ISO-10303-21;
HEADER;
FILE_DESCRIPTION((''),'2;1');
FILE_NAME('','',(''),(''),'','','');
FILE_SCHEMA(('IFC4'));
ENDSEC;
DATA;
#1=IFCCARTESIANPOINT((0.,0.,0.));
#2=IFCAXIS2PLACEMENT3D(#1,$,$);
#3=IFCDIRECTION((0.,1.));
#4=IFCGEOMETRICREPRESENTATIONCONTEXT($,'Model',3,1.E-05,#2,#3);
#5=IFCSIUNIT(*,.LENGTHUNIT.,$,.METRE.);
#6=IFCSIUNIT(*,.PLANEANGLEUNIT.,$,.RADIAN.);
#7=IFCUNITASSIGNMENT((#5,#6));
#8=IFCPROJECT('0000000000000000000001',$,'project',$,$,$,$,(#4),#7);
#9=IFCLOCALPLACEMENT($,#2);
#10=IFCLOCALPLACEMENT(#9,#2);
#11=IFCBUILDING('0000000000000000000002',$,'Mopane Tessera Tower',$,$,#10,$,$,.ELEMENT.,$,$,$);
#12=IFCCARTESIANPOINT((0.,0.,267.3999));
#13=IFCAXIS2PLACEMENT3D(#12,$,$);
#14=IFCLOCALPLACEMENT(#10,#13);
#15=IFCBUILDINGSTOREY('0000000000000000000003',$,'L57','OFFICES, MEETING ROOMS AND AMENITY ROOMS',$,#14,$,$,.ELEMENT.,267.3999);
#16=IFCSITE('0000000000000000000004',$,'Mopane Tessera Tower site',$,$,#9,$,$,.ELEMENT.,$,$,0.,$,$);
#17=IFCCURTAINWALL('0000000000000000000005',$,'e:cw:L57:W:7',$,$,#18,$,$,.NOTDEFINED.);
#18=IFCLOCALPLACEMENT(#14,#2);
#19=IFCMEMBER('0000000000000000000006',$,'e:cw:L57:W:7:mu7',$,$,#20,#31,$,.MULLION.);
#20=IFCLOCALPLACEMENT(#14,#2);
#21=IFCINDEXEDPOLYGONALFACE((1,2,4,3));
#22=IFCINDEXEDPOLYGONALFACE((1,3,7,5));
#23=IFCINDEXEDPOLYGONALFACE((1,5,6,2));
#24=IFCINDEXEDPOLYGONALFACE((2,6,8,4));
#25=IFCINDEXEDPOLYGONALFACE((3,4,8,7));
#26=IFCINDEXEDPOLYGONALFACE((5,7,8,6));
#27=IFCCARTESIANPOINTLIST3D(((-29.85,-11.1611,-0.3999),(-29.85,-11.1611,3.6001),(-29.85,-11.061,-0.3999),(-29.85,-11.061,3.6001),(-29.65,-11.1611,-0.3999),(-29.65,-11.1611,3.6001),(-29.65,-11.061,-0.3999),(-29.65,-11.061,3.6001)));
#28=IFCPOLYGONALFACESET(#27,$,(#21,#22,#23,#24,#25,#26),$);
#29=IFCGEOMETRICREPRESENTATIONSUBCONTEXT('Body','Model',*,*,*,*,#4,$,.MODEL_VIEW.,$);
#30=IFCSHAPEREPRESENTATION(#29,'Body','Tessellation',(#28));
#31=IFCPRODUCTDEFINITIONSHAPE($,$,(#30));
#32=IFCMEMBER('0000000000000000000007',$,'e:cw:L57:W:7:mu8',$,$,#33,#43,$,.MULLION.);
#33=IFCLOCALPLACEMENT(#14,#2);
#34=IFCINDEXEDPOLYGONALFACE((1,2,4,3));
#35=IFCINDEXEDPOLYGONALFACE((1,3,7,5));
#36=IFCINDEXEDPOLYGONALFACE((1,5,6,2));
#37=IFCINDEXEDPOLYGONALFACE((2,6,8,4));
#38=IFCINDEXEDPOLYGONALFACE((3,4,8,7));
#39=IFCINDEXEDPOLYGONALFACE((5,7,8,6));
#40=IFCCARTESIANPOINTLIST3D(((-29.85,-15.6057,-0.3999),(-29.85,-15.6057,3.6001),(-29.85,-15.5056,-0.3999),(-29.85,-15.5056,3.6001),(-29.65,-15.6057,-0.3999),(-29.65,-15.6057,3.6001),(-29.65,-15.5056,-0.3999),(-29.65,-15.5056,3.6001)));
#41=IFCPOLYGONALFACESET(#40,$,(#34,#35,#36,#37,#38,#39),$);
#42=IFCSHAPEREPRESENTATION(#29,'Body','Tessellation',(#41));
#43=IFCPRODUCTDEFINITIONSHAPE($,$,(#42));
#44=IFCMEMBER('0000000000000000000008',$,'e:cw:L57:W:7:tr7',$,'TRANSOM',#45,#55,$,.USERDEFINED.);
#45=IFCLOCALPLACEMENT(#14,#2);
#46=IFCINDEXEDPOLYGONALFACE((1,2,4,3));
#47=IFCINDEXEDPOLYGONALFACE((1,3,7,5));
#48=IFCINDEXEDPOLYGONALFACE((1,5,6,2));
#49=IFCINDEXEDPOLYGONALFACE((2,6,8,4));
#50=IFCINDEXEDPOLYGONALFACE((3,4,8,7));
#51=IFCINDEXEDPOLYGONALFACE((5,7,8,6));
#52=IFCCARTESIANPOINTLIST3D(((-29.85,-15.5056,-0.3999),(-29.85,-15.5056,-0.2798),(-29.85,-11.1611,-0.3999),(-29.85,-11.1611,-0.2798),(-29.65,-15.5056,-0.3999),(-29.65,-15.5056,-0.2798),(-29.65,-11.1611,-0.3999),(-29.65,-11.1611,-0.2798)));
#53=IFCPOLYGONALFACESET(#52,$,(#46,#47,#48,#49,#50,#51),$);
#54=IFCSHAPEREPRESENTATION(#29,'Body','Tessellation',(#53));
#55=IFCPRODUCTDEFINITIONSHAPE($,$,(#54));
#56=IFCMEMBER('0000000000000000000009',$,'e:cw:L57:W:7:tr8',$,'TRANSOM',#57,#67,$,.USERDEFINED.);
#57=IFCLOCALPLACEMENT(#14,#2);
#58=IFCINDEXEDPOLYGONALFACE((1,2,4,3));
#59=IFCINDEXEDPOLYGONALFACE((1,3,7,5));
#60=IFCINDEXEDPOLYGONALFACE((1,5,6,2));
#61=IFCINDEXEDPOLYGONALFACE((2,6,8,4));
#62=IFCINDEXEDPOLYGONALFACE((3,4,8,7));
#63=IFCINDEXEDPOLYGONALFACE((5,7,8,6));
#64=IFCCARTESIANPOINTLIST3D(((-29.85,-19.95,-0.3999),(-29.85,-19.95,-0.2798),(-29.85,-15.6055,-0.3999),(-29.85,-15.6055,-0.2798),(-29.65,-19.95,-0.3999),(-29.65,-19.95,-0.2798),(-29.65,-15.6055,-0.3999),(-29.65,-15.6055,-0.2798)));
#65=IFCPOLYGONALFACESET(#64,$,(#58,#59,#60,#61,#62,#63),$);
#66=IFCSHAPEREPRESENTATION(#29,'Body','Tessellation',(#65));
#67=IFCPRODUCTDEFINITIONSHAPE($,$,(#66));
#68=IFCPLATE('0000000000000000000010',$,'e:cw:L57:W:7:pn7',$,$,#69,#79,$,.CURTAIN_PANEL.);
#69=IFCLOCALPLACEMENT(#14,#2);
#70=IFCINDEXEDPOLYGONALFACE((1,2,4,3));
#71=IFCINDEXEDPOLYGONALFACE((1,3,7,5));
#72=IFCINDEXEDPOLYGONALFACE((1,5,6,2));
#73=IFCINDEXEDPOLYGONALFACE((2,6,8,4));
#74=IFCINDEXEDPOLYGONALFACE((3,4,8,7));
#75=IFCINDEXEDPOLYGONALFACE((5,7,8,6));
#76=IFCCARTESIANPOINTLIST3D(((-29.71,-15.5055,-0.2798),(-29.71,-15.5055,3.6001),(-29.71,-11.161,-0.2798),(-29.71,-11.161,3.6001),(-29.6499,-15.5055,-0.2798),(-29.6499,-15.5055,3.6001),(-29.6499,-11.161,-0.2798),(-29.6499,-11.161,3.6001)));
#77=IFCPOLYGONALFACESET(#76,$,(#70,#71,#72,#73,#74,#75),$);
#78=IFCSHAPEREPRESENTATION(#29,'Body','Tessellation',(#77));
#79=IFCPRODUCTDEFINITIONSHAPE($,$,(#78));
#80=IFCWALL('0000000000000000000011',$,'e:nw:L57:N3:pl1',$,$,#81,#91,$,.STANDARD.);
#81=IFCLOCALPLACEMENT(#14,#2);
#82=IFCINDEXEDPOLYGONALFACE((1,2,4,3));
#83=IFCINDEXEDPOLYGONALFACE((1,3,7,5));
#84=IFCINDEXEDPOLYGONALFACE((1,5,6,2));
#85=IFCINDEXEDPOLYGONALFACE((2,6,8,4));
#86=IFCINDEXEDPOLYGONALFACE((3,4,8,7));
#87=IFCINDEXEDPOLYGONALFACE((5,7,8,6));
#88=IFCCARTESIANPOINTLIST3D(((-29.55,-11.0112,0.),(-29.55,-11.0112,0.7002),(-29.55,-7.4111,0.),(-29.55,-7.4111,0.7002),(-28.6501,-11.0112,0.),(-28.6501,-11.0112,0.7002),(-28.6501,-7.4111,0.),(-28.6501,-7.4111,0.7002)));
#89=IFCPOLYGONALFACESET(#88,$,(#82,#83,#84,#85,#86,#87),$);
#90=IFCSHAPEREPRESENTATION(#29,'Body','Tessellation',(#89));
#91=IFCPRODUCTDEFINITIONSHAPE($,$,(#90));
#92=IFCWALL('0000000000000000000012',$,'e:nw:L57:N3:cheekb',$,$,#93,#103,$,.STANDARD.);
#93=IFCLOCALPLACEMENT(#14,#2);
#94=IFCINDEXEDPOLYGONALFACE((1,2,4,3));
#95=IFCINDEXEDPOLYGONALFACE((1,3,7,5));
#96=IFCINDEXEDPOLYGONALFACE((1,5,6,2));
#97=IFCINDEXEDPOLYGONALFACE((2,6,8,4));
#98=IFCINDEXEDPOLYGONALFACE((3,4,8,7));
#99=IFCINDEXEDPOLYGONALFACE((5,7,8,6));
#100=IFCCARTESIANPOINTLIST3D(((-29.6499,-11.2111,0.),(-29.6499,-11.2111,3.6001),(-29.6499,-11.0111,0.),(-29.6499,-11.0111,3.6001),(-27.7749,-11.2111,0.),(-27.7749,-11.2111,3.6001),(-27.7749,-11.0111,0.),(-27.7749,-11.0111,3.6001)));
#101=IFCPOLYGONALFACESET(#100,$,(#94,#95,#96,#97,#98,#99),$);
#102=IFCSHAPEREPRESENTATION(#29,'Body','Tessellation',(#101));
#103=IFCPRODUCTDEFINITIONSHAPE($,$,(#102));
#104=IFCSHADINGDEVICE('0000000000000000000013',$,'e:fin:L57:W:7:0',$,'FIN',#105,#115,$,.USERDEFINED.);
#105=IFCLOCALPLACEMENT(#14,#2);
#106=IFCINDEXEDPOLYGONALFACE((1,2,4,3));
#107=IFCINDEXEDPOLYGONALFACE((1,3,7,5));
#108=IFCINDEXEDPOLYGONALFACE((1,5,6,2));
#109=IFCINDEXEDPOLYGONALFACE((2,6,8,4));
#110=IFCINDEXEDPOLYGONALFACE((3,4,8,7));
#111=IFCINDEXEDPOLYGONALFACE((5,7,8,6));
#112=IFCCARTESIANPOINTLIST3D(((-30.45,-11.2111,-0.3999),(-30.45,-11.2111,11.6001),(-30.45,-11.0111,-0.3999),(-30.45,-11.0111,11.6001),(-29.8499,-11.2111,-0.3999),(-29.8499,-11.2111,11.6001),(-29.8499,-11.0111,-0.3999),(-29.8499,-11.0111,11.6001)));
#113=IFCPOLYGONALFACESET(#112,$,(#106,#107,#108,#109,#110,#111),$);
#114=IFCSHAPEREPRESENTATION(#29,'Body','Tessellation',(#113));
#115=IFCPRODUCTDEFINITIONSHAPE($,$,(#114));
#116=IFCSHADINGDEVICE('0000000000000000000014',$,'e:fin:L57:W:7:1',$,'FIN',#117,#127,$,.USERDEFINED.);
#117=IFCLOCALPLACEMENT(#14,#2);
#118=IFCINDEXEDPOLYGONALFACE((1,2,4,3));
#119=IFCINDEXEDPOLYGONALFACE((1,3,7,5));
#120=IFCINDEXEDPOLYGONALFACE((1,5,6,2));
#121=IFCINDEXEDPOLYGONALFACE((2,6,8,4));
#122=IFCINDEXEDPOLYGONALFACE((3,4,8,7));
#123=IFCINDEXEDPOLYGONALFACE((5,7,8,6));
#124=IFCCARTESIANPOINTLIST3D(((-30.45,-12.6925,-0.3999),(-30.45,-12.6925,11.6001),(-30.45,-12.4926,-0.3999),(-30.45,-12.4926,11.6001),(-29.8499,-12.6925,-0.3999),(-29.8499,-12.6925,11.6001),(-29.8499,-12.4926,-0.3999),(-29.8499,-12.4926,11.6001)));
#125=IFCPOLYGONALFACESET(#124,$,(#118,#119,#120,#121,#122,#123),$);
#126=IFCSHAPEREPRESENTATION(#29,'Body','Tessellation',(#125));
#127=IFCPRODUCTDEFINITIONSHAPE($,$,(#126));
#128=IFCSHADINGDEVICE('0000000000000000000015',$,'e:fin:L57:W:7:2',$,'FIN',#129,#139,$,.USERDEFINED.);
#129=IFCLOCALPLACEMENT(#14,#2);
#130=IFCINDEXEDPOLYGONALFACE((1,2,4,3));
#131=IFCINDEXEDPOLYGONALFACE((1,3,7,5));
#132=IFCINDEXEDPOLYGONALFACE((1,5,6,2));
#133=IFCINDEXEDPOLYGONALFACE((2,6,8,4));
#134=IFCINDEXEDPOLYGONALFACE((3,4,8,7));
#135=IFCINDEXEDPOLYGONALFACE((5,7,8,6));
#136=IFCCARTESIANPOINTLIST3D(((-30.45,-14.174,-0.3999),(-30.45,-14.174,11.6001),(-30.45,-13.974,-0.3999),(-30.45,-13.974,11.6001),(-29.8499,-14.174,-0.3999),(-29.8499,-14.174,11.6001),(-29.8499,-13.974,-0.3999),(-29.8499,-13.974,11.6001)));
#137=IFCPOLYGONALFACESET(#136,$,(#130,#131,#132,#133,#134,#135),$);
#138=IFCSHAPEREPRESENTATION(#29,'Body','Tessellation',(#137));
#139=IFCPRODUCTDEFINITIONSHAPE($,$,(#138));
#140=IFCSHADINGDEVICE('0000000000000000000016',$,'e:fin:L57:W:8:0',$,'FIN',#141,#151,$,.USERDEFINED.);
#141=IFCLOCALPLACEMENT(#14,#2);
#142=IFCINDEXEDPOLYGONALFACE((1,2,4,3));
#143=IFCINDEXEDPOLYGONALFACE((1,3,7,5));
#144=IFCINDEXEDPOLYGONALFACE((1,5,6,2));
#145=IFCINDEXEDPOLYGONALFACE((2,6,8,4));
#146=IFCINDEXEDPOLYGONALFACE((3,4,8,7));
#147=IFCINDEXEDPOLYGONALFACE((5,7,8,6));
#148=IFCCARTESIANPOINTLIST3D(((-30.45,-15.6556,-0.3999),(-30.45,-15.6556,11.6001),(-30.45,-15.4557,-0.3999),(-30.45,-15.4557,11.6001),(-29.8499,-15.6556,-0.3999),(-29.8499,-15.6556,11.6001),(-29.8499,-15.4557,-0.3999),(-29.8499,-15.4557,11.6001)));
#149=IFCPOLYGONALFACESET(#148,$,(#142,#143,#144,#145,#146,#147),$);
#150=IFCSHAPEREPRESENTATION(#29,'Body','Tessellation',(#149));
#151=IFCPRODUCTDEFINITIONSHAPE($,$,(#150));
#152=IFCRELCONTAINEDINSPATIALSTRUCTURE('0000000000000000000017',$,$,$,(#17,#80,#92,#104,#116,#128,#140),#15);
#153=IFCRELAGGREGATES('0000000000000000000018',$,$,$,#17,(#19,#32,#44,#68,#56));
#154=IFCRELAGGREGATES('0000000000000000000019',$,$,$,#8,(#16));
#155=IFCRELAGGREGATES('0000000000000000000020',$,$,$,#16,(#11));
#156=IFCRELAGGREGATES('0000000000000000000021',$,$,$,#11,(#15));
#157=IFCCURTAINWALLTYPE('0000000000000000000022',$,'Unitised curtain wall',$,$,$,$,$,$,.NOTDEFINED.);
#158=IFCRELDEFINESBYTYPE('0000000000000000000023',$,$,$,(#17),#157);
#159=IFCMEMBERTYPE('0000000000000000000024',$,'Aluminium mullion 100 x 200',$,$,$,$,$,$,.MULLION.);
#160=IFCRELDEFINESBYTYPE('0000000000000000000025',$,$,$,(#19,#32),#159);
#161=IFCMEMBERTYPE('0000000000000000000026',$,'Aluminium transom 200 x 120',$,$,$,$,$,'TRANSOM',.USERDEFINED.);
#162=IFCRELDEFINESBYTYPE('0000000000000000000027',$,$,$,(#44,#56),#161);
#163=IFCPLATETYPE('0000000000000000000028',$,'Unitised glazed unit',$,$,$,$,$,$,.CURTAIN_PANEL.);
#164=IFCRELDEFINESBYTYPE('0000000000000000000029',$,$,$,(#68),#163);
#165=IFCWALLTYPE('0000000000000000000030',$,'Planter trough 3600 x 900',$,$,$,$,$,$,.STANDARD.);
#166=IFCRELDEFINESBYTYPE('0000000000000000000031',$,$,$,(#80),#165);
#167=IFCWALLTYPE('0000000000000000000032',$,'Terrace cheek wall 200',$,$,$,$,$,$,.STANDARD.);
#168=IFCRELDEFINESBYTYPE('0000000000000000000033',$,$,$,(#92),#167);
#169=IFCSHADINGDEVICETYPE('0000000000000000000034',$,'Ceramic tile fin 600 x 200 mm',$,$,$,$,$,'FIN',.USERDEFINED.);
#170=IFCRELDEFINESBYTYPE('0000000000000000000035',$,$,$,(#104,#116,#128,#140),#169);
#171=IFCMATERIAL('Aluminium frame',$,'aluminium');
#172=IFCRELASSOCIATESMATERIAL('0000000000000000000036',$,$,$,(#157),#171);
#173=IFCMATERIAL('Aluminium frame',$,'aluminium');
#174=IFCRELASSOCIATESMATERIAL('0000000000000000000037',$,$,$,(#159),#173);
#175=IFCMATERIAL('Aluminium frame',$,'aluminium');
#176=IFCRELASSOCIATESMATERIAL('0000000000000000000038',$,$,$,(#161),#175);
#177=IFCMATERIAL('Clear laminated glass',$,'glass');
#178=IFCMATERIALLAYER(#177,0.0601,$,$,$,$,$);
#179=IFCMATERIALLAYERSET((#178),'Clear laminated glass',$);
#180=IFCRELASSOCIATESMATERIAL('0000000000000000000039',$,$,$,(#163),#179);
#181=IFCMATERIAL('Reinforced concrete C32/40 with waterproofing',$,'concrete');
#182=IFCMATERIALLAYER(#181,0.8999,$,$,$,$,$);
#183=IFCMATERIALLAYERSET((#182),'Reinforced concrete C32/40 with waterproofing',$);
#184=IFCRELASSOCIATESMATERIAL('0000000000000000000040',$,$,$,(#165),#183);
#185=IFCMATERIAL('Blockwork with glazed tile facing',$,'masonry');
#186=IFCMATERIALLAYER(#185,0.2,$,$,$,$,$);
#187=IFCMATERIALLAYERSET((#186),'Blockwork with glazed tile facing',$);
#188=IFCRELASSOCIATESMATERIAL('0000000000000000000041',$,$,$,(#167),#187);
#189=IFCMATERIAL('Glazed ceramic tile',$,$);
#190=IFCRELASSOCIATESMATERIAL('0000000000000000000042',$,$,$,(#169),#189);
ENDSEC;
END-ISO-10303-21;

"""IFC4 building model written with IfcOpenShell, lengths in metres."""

from ifc_helpers import new_model, si_unit, direction, frame, frame_2d, origin, origin_2d, place, context, subcontext, project, spatial, rectangle, extrude, material, layer, layer_set, material_profile, profile_set, type_object, element, aggregate, save


model = new_model("IFC4")

# Units and contexts
model_context = context("Model", 3, precision=1e-05, world=origin(), true_north=direction((0.0, 1.0)))
body_context = subcontext(model_context, "Body", "Model", "MODEL_VIEW")
ifc_project = project(units=[si_unit("LENGTHUNIT", "METRE"), si_unit("PLANEANGLEUNIT", "RADIAN")], contexts=[model_context])

# Site, building, storey
site_placement = place(None, origin())
site = spatial("IfcSite", under=ifc_project, at=site_placement, Name="Mopane Tessera Tower site", CompositionType="ELEMENT", RefElevation=0.0)
building_placement = place(site_placement, origin())
building = spatial("IfcBuilding", under=site, at=building_placement, Name="Mopane Tessera Tower", CompositionType="ELEMENT")
storey_placement = place(building_placement, frame((0.0, 0.0, 267.3999)))
storey = spatial("IfcBuildingStorey", under=building, at=storey_placement, Name="L57", Description="OFFICES, MEETING ROOMS AND AMENITY ROOMS", CompositionType="ELEMENT", Elevation=267.3999)

# Curtain wall, members, plate
ifc_material_1 = material(Name="Aluminium frame", Category="aluminium")
curtain_wall_type = type_object("IfcCurtainWallType", Name="Unitised curtain wall", PredefinedType="NOTDEFINED", material=ifc_material_1)
curtain_wall_placement = place(storey_placement, origin())
curtain_wall = element("IfcCurtainWall", 1, at=curtain_wall_placement, inside=storey, type_object=curtain_wall_type, Name="e:cw:L57:W:7", PredefinedType="NOTDEFINED")
ifc_material_2 = material(Name="Aluminium frame", Category="aluminium")
ifc_material_profile_1 = material_profile(ifc_material_2, rectangle(XDim=0.1001, YDim=0.2, at=origin_2d()))
ifc_profile_set_1 = profile_set([ifc_material_profile_1], Name="Aluminium frame")
member_type_1 = type_object("IfcMemberType", Name="Aluminium mullion 100 x 200", PredefinedType="MULLION", material=ifc_profile_set_1)
member_1_placement = place(storey_placement, frame((-29.75, -11.1111, -0.3999), z_axis=(0.0, 0.0, 1.0), x_axis=(0.0, -1.0, 0.0)))
member_1 = element("IfcMember", 2, at=member_1_placement, type_object=member_type_1, Name="e:cw:L57:W:7:mu7", PredefinedType="MULLION", context=body_context, shape_type="SweptSolid", body=[
    extrude(rectangle(XDim=0.1001, YDim=0.2, at=origin_2d()), origin(), (0.0, 0.0, 1.0), 4.0),
])
member_2_placement = place(storey_placement, frame((-29.75, -15.5557, -0.3999), z_axis=(0.0, 0.0, 1.0), x_axis=(0.0, -1.0, 0.0)))
member_2 = element("IfcMember", 3, at=member_2_placement, type_object=member_type_1, Name="e:cw:L57:W:7:mu8", PredefinedType="MULLION", context=body_context, shape_type="SweptSolid", body=[
    extrude(rectangle(XDim=0.1001, YDim=0.2, at=origin_2d()), origin(), (0.0, 0.0, 1.0), 4.0),
])
ifc_material_3 = material(Name="Aluminium frame", Category="aluminium")
ifc_material_profile_2 = material_profile(ifc_material_3, rectangle(XDim=0.2, YDim=0.1201, at=origin_2d()))
ifc_profile_set_2 = profile_set([ifc_material_profile_2], Name="Aluminium frame")
member_type_2 = type_object("IfcMemberType", Name="Aluminium transom 200 x 120", ElementType="TRANSOM", PredefinedType="USERDEFINED", material=ifc_profile_set_2)
member_3_placement = place(storey_placement, frame((-29.75, -11.1611, -0.3398), z_axis=(0.0, -1.0, 0.0), x_axis=(1.0, 0.0, 0.0)))
member_3 = element("IfcMember", 4, at=member_3_placement, type_object=member_type_2, Name="e:cw:L57:W:7:tr7", ObjectType="TRANSOM", PredefinedType="USERDEFINED", context=body_context, shape_type="SweptSolid", body=[
    extrude(rectangle(XDim=0.2, YDim=0.1201, at=origin_2d()), origin(), (0.0, 0.0, 1.0), 4.3445),
])
member_4_placement = place(storey_placement, frame((-29.75, -15.6055, -0.3398), z_axis=(0.0, -1.0, 0.0), x_axis=(1.0, 0.0, 0.0)))
member_4 = element("IfcMember", 5, at=member_4_placement, type_object=member_type_2, Name="e:cw:L57:W:7:tr8", ObjectType="TRANSOM", PredefinedType="USERDEFINED", context=body_context, shape_type="SweptSolid", body=[
    extrude(rectangle(XDim=0.2, YDim=0.1201, at=origin_2d()), origin(), (0.0, 0.0, 1.0), 4.3445),
])
ifc_material_4 = material(Name="Clear laminated glass", Category="glass")
ifc_layer_1 = layer(ifc_material_4, 0.0601)
ifc_layer_set_1 = layer_set([ifc_layer_1], Name="Clear laminated glass")
plate_type = type_object("IfcPlateType", Name="Unitised glazed unit", PredefinedType="CURTAIN_PANEL", material=ifc_layer_set_1)
plate_placement = place(storey_placement, frame((-29.6799, -13.3333, -0.2798), z_axis=(0.0, 0.0, 1.0), x_axis=(0.0, -1.0, 0.0)))
plate = element("IfcPlate", 6, at=plate_placement, type_object=plate_type, Name="e:cw:L57:W:7:pn7", PredefinedType="CURTAIN_PANEL", context=body_context, shape_type="SweptSolid", body=[
    extrude(rectangle(XDim=4.3445, YDim=0.0601, at=origin_2d()), origin(), (0.0, 0.0, 1.0), 3.8799),
])
aggregate(curtain_wall, [member_1, member_2, member_3, plate, member_4])

# Walls
ifc_material_5 = material(Name="Reinforced concrete C32/40 with waterproofing", Category="concrete")
ifc_layer_2 = layer(ifc_material_5, 0.8999)
ifc_layer_set_2 = layer_set([ifc_layer_2], Name="Reinforced concrete C32/40 with waterproofing")
wall_type_1 = type_object("IfcWallType", Name="Planter trough 3600 x 900", PredefinedType="STANDARD", material=ifc_layer_set_2)
wall_1_placement = place(storey_placement, frame((-29.1001, -7.4111, 0.0), z_axis=(0.0, 0.0, 1.0), x_axis=(0.0, -1.0, 0.0)))
element("IfcWall", 7, at=wall_1_placement, inside=storey, type_object=wall_type_1, Name="e:nw:L57:N3:pl1", PredefinedType="STANDARD", context=body_context, shape_type="SweptSolid", body=[
    extrude(rectangle(XDim=3.6001, YDim=0.8999, at=frame_2d((1.8, 0.0))), origin(), (0.0, 0.0, 1.0), 0.7002),
])
ifc_material_6 = material(Name="Blockwork with glazed tile facing", Category="masonry")
ifc_layer_3 = layer(ifc_material_6, 0.2)
ifc_layer_set_3 = layer_set([ifc_layer_3], Name="Blockwork with glazed tile facing")
wall_type_2 = type_object("IfcWallType", Name="Terrace cheek wall 200", PredefinedType="STANDARD", material=ifc_layer_set_3)
wall_2_placement = place(storey_placement, frame((-29.6499, -11.1111, 0.0), z_axis=(0.0, 0.0, 1.0), x_axis=(1.0, 0.0, 0.0)))
element("IfcWall", 8, at=wall_2_placement, inside=storey, type_object=wall_type_2, Name="e:nw:L57:N3:cheekb", PredefinedType="STANDARD", context=body_context, shape_type="SweptSolid", body=[
    extrude(rectangle(XDim=1.875, YDim=0.2, at=frame_2d((0.9375, 0.0))), origin(), (0.0, 0.0, 1.0), 3.6001),
])

# Shading devices
ifc_material_7 = material(Name="Glazed ceramic tile")
shading_device_type = type_object("IfcShadingDeviceType", Name="Ceramic tile fin 600 x 200 mm", ElementType="FIN", PredefinedType="USERDEFINED", material=ifc_material_7)
for number, where, z_axis, x_axis, name in (
    (9, (-30.1499, -11.1111, -0.3999), (0.0, 0.0, 1.0), (0.0, -1.0, 0.0), "e:fin:L57:W:7:0"),
    (10, (-30.1499, -12.5925, -0.3999), (0.0, 0.0, 1.0), (0.0, -1.0, 0.0), "e:fin:L57:W:7:1"),
    (11, (-30.1499, -14.074, -0.3999), (0.0, 0.0, 1.0), (0.0, -1.0, 0.0), "e:fin:L57:W:7:2"),
    (12, (-30.1499, -15.5557, -0.3999), (0.0, 0.0, 1.0), (0.0, -1.0, 0.0), "e:fin:L57:W:8:0"),
):
    element("IfcShadingDevice", number, at=place(storey_placement, frame(where, z_axis=z_axis, x_axis=x_axis)), inside=storey, type_object=shading_device_type, Name=name, ObjectType="FIN", PredefinedType="USERDEFINED", context=body_context, shape_type="SweptSolid", body=[
        extrude(rectangle(XDim=0.2, YDim=0.6001, at=origin_2d()), origin(), (0.0, 0.0, 1.0), 12.0),
    ])

save(model, "model.ifc")
